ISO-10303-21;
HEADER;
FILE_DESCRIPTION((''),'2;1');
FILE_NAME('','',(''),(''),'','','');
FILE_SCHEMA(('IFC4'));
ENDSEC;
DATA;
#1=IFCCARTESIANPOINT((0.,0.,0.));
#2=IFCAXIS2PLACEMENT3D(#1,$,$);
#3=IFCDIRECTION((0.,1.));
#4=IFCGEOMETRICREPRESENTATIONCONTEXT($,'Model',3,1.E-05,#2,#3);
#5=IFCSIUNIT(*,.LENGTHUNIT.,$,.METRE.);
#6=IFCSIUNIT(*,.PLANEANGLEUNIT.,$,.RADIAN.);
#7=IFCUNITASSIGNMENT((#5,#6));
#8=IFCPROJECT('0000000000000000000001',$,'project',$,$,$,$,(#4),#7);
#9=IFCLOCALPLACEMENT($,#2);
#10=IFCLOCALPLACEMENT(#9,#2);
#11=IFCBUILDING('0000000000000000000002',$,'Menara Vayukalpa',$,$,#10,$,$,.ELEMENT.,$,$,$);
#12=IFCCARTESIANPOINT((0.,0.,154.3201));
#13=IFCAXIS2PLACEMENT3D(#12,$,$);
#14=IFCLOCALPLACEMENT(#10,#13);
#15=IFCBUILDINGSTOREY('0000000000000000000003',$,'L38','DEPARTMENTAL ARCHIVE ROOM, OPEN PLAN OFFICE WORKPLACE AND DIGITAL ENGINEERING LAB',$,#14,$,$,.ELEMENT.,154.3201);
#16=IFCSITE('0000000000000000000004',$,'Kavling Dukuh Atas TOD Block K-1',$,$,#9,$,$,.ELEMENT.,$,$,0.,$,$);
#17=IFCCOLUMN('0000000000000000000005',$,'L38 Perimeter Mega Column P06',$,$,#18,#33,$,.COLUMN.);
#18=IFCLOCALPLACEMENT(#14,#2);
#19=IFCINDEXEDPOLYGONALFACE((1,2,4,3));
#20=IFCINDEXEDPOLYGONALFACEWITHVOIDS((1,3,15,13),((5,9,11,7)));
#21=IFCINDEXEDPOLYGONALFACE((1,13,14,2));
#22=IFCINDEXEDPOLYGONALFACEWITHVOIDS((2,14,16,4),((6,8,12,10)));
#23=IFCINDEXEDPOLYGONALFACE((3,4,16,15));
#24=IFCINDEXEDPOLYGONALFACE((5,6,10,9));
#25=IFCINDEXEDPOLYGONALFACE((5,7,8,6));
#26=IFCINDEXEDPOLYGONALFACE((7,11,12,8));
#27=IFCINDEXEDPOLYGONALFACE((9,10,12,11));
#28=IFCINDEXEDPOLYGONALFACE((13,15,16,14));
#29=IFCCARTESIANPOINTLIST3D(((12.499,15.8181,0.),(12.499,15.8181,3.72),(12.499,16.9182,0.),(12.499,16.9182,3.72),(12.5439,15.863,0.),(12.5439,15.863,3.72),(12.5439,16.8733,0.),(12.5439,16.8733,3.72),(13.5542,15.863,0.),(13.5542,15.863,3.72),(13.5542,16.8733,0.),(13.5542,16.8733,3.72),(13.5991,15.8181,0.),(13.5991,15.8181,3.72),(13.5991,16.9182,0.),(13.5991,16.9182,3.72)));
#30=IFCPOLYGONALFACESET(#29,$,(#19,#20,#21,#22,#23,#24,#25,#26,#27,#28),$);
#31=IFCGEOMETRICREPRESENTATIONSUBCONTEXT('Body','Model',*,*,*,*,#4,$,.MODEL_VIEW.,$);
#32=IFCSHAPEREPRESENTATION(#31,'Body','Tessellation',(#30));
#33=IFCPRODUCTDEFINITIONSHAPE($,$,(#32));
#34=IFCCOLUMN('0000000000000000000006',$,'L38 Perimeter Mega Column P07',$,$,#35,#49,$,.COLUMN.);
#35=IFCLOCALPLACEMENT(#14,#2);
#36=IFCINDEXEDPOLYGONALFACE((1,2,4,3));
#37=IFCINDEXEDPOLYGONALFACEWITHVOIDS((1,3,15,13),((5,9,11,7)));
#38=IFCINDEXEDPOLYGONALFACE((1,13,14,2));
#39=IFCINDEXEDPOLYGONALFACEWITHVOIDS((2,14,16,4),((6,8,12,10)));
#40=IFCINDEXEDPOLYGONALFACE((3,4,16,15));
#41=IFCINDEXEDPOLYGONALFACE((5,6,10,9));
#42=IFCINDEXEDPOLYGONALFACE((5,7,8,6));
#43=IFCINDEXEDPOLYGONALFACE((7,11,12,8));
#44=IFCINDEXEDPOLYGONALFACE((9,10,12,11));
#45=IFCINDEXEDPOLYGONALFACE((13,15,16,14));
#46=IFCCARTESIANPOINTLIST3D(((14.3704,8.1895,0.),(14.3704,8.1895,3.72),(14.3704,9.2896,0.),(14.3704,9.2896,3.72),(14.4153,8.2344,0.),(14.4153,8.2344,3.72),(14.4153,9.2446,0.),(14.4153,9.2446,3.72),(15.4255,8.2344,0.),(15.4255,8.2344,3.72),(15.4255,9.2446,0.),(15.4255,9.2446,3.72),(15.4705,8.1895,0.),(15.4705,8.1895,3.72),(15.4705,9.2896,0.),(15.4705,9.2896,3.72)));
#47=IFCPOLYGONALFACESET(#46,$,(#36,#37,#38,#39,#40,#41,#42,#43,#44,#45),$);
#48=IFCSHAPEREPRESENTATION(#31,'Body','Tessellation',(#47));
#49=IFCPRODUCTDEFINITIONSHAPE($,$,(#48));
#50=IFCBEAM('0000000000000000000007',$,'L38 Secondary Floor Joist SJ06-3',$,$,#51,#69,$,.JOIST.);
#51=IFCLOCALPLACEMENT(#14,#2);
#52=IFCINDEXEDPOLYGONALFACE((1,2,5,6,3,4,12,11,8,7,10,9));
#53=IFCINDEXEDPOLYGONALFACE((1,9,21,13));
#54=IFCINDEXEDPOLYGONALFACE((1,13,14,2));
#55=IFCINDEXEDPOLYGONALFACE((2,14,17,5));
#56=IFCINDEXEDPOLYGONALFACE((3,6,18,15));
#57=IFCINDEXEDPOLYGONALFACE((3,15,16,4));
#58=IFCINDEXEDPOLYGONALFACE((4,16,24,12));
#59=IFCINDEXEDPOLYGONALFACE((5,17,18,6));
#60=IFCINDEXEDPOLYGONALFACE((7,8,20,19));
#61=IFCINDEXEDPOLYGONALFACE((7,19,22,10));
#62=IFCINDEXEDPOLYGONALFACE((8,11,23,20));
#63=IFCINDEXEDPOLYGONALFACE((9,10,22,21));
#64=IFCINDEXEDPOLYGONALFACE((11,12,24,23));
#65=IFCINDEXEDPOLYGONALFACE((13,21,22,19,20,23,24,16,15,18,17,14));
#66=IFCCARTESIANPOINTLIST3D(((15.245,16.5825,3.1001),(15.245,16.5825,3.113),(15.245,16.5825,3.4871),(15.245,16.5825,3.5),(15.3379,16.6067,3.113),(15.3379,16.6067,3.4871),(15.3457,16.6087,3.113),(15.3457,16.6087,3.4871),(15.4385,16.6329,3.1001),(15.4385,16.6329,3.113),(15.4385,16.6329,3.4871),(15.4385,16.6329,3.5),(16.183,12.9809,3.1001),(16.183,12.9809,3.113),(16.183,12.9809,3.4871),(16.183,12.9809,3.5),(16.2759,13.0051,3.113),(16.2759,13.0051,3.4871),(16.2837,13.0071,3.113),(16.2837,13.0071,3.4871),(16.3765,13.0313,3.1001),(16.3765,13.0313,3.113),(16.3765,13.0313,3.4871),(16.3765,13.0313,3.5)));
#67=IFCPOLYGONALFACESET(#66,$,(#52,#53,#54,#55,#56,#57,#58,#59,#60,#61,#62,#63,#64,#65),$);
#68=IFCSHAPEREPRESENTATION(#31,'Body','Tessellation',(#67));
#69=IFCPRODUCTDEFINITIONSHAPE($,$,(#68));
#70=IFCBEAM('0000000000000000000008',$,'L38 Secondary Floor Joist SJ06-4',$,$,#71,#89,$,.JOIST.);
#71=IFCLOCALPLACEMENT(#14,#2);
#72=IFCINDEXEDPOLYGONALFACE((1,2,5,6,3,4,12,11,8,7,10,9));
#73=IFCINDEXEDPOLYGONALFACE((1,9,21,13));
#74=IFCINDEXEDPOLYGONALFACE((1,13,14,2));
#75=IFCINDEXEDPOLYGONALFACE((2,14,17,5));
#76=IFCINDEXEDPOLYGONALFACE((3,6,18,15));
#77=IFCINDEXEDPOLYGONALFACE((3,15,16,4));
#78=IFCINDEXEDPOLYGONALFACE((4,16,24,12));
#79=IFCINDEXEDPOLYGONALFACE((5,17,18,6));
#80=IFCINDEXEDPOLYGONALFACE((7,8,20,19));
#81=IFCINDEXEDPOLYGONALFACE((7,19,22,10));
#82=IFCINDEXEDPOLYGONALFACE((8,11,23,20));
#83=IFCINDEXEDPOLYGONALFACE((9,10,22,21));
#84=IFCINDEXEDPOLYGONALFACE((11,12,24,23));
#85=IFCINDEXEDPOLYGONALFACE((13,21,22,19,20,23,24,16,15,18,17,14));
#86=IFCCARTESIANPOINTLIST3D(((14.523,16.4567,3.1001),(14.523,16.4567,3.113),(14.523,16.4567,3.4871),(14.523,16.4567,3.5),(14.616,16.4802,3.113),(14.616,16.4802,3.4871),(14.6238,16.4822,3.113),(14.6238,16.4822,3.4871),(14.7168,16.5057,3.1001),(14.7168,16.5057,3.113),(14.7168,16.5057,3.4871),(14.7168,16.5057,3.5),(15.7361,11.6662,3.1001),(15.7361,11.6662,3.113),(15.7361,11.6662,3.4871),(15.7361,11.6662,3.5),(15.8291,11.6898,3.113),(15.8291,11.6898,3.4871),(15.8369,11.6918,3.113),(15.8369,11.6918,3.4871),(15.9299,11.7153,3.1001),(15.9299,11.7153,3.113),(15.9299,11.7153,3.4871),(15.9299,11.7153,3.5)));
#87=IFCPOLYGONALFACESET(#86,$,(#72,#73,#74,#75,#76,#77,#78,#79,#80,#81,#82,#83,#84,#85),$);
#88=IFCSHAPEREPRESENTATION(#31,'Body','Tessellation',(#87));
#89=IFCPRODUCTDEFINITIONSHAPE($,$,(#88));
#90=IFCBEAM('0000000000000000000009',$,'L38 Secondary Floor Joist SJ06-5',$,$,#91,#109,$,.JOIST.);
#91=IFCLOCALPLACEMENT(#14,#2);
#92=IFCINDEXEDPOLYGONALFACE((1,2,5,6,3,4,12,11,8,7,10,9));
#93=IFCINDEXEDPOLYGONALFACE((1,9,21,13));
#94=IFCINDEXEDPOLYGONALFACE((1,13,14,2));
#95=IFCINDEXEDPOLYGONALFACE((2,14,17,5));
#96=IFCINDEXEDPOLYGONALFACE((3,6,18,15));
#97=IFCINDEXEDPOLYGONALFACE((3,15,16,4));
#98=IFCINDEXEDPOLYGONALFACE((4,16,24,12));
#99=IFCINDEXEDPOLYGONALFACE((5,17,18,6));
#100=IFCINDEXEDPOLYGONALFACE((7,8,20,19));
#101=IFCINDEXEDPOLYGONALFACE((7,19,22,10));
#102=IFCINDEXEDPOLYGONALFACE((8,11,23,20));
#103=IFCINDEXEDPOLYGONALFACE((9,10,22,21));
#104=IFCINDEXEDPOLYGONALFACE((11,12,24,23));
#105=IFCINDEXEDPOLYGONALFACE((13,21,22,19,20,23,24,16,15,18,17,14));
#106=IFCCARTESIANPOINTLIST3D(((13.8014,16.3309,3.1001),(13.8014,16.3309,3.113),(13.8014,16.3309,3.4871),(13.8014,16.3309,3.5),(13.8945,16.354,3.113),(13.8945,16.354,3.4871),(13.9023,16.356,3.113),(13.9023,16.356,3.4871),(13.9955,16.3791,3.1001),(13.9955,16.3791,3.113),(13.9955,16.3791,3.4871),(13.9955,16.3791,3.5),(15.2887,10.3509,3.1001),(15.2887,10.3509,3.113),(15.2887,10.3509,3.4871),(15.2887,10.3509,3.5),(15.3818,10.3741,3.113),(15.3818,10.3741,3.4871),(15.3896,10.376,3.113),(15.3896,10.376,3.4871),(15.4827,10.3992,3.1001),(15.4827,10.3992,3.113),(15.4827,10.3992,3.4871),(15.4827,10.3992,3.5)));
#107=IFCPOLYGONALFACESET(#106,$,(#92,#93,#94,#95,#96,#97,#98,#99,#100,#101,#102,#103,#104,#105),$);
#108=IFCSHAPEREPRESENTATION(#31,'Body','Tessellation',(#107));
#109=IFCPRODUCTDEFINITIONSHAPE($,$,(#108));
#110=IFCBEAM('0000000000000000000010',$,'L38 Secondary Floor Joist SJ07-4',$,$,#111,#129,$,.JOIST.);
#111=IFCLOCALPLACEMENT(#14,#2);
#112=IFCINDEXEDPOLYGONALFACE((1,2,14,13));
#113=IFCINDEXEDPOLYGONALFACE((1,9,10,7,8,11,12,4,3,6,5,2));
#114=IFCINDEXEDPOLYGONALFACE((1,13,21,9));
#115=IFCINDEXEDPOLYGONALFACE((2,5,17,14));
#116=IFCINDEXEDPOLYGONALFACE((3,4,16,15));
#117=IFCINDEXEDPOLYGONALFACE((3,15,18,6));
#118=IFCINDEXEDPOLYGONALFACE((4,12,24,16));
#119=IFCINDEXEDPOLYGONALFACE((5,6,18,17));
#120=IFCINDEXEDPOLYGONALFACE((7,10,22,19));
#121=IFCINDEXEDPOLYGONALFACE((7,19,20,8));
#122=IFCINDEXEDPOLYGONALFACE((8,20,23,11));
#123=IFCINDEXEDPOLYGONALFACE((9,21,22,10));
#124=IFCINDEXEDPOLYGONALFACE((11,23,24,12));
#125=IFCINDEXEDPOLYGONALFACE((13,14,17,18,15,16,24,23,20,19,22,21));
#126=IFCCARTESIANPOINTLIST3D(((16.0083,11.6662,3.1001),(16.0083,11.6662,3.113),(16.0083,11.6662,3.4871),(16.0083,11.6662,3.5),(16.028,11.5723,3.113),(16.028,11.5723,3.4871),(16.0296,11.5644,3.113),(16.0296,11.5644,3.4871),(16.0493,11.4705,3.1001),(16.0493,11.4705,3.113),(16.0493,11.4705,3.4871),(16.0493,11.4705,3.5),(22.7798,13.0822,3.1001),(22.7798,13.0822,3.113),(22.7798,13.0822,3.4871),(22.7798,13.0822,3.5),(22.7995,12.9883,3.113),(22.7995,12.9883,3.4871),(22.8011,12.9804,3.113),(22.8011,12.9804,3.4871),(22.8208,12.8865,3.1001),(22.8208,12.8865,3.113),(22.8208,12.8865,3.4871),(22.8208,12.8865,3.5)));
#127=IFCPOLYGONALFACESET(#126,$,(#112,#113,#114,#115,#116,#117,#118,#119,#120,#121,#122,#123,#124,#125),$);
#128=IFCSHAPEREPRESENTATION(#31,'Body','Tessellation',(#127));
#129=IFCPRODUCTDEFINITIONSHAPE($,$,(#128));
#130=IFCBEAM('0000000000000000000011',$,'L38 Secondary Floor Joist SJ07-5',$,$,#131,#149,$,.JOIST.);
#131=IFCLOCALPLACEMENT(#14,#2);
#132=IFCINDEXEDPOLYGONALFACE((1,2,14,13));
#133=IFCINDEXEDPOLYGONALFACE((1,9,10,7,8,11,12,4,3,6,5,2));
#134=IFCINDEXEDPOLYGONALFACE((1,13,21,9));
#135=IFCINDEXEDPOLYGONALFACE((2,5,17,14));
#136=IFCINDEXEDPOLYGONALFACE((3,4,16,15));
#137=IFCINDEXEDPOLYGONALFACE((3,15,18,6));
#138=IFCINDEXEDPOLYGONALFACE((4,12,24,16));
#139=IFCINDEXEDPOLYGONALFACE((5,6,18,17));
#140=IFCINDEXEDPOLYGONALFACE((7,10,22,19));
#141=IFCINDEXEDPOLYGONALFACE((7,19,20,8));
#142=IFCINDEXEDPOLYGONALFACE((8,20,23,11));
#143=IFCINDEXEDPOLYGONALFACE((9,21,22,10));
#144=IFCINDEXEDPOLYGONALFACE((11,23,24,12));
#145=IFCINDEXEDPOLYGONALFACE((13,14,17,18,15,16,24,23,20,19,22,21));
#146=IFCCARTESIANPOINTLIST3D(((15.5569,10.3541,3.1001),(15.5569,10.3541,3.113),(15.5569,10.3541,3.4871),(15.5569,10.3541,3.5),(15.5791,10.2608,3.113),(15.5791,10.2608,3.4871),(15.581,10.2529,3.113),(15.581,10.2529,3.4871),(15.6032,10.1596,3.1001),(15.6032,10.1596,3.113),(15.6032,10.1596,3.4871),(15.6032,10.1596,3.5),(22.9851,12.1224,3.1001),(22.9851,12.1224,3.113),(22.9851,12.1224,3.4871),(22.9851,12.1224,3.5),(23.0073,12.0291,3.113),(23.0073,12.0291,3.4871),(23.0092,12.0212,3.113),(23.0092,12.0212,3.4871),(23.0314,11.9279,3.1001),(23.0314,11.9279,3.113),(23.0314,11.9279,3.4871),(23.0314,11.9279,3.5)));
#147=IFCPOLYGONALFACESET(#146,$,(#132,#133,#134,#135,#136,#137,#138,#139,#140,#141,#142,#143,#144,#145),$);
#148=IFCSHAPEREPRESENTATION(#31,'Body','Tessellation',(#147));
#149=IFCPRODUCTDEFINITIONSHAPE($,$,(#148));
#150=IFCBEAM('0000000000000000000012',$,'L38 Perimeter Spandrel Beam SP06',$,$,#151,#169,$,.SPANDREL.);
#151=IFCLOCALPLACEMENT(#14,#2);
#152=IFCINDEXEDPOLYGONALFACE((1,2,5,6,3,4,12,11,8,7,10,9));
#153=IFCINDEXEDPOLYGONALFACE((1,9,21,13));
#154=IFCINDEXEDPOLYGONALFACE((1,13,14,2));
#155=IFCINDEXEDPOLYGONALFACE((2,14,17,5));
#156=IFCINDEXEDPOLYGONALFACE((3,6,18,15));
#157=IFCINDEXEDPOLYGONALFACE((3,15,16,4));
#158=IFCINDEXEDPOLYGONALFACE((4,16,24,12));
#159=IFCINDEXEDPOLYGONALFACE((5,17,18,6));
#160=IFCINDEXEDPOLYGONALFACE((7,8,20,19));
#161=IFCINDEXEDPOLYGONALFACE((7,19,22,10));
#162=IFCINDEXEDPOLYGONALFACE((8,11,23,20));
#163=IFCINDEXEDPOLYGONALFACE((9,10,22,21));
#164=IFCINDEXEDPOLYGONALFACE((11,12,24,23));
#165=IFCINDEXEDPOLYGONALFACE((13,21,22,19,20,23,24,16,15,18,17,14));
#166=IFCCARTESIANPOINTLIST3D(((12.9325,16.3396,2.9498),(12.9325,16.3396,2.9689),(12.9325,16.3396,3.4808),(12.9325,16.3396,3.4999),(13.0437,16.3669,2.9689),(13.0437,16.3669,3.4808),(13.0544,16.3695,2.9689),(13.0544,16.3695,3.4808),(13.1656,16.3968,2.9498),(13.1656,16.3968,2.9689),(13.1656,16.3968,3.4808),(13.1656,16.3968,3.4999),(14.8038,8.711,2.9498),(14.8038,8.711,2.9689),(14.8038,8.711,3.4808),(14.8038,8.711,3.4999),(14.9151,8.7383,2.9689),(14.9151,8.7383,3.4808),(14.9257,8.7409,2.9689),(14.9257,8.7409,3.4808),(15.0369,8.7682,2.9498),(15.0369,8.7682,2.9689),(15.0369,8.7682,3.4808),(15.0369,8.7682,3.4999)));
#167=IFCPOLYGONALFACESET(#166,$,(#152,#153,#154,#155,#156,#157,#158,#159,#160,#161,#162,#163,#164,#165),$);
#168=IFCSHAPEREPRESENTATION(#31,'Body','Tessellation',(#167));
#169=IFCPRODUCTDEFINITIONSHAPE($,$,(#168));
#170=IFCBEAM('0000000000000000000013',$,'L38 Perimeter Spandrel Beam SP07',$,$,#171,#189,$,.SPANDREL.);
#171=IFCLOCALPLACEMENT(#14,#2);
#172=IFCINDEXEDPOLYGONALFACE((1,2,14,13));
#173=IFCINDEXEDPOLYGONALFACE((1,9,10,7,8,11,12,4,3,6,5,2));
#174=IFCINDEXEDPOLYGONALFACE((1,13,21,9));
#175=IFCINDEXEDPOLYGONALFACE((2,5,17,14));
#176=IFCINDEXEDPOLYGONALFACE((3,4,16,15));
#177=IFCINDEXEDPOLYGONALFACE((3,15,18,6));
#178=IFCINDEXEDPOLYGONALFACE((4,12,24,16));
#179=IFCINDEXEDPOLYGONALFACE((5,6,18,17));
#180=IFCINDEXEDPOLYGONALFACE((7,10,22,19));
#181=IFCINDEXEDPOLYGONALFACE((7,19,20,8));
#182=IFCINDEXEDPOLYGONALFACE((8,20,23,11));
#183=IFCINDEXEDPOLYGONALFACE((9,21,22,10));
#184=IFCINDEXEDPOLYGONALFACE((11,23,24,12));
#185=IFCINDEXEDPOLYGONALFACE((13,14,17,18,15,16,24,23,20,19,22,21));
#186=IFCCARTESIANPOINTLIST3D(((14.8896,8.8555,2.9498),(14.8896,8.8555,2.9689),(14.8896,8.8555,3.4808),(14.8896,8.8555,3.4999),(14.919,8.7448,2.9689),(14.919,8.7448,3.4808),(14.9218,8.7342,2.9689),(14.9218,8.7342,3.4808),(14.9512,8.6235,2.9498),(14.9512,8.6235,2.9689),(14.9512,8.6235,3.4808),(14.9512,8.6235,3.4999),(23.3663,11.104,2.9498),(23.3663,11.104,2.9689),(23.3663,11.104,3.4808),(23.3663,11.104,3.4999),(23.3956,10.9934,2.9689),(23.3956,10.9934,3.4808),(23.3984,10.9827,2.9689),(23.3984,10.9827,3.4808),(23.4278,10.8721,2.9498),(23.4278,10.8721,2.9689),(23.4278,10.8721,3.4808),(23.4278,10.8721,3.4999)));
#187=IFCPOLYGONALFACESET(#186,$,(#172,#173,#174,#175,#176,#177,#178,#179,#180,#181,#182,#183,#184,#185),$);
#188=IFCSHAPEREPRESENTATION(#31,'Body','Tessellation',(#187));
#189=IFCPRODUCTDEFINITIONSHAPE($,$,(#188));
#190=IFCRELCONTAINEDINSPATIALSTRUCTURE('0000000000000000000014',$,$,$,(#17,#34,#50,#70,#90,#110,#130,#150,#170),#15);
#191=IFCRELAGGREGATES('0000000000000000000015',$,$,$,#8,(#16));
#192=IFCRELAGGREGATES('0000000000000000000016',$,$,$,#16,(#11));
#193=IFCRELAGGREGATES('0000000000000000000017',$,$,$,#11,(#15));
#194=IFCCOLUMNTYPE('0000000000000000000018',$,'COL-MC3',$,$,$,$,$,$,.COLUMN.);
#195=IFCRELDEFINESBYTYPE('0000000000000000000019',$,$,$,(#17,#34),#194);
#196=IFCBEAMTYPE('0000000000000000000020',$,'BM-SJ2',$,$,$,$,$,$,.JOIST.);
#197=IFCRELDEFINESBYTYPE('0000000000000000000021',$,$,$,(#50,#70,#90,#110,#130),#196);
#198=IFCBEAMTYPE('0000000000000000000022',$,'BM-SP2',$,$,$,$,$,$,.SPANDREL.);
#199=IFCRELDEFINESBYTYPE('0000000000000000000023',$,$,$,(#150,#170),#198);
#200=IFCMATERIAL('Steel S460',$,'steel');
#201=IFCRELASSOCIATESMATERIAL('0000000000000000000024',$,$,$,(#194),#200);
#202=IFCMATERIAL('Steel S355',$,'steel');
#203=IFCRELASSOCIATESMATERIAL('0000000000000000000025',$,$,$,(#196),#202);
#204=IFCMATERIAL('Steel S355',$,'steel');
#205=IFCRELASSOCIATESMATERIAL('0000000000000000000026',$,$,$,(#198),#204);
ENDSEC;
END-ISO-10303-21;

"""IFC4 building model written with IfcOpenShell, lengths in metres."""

from ifc_helpers import new_model, si_unit, direction, frame, origin, origin_2d, place, context, subcontext, project, spatial, hollow_rectangle, i_section, extrude, material, material_profile, profile_set, type_object, element, save


model = new_model("IFC4")

# Units and contexts
model_context = context("Model", 3, precision=1e-05, world=origin(), true_north=direction((0.0, 1.0)))
body_context = subcontext(model_context, "Body", "Model", "MODEL_VIEW")
ifc_project = project(units=[si_unit("LENGTHUNIT", "METRE"), si_unit("PLANEANGLEUNIT", "RADIAN")], contexts=[model_context])

# Site, building, storey
site_placement = place(None, origin())
site = spatial("IfcSite", under=ifc_project, at=site_placement, Name="Kavling Dukuh Atas TOD Block K-1", CompositionType="ELEMENT", RefElevation=0.0)
building_placement = place(site_placement, origin())
building = spatial("IfcBuilding", under=site, at=building_placement, Name="Menara Vayukalpa", CompositionType="ELEMENT")
storey_placement = place(building_placement, frame((0.0, 0.0, 154.3201)))
storey = spatial("IfcBuildingStorey", under=building, at=storey_placement, Name="L38", Description="DEPARTMENTAL ARCHIVE ROOM, OPEN PLAN OFFICE WORKPLACE AND DIGITAL ENGINEERING LAB", CompositionType="ELEMENT", Elevation=154.3201)

# Columns
ifc_material_1 = material(Name="Steel S460", Category="steel")
ifc_material_profile_1 = material_profile(ifc_material_1, hollow_rectangle(XDim=1.1001, YDim=1.1001, WallThickness=0.0449, at=origin_2d()), Name="BOX 1100x1100x45")
ifc_profile_set_1 = profile_set([ifc_material_profile_1], Name="Steel S460")
column_type = type_object("IfcColumnType", Name="COL-MC3", PredefinedType="COLUMN", material=ifc_profile_set_1)
for number, where, z_axis, x_axis, name in (
    (1, (13.0491, 16.3682, 0.0), (0.0, 0.0, 1.0), (1.0, 0.0, 0.0), "L38 Perimeter Mega Column P06"),
    (2, (14.9204, 8.7395, 0.0), (0.0, 0.0, 1.0), (1.0, 0.0, 0.0), "L38 Perimeter Mega Column P07"),
):
    element("IfcColumn", number, at=place(storey_placement, frame(where, z_axis=z_axis, x_axis=x_axis)), inside=storey, type_object=column_type, Name=name, PredefinedType="COLUMN", context=body_context, shape_type="SweptSolid", body=[
        extrude(hollow_rectangle(XDim=1.1001, YDim=1.1001, WallThickness=0.0449, at=origin_2d()), origin(), (0.0, 0.0, 1.0), 3.72),
    ])

# Beams
ifc_material_2 = material(Name="Steel S355", Category="steel")
ifc_material_profile_2 = material_profile(ifc_material_2, i_section(OverallWidth=0.2, OverallDepth=0.3999, WebThickness=0.0081, FlangeThickness=0.0129, at=origin_2d()), Name="WF 400x200x8x13")
ifc_profile_set_2 = profile_set([ifc_material_profile_2], Name="Steel S355")
beam_type_1 = type_object("IfcBeamType", Name="BM-SJ2", PredefinedType="JOIST", material=ifc_profile_set_2)
beam_1_placement = place(storey_placement, frame((15.3418, 16.6077, 3.3), z_axis=(0.252032, -0.967719, 0.0), x_axis=(0.967719, 0.252032, 0.0)))
element("IfcBeam", 3, at=beam_1_placement, inside=storey, type_object=beam_type_1, Name="L38 Secondary Floor Joist SJ06-3", PredefinedType="JOIST", context=body_context, shape_type="SweptSolid", body=[
    extrude(i_section(OverallWidth=0.2, OverallDepth=0.3999, WebThickness=0.0081, FlangeThickness=0.0129, at=origin_2d()), origin(), (0.0, 0.0, 1.0), 3.7217),
])
beam_2_placement = place(storey_placement, frame((14.6199, 16.4812, 3.3), z_axis=(0.245487, -0.9694, 0.0), x_axis=(0.9694, 0.245487, 0.0)))
element("IfcBeam", 4, at=beam_2_placement, inside=storey, type_object=beam_type_1, Name="L38 Secondary Floor Joist SJ06-4", PredefinedType="JOIST", context=body_context, shape_type="SweptSolid", body=[
    extrude(i_section(OverallWidth=0.2, OverallDepth=0.3999, WebThickness=0.0081, FlangeThickness=0.0129, at=origin_2d()), origin(), (0.0, 0.0, 1.0), 4.9417),
])
beam_3_placement = place(storey_placement, frame((13.8984, 16.355, 3.3), z_axis=(0.241361, -0.970435, 0.0), x_axis=(0.970435, 0.241361, 0.0)))
element("IfcBeam", 5, at=beam_3_placement, inside=storey, type_object=beam_type_1, Name="L38 Secondary Floor Joist SJ06-5", PredefinedType="JOIST", context=body_context, shape_type="SweptSolid", body=[
    extrude(i_section(OverallWidth=0.2, OverallDepth=0.3999, WebThickness=0.0081, FlangeThickness=0.0129, at=origin_2d()), origin(), (0.0, 0.0, 1.0), 6.1621),
])
beam_4_placement = place(storey_placement, frame((16.0288, 11.5684, 3.3), z_axis=(0.978827, 0.204687, 0.0), x_axis=(-0.204687, 0.978827, 0.0)))
element("IfcBeam", 6, at=beam_4_placement, inside=storey, type_object=beam_type_1, Name="L38 Secondary Floor Joist SJ07-4", PredefinedType="JOIST", context=body_context, shape_type="SweptSolid", body=[
    extrude(i_section(OverallWidth=0.2, OverallDepth=0.3999, WebThickness=0.0081, FlangeThickness=0.0129, at=origin_2d()), origin(), (0.0, 0.0, 1.0), 6.918),
])
beam_5_placement = place(storey_placement, frame((15.5801, 10.2568, 3.3), z_axis=(0.972815, 0.231582, 0.0), x_axis=(-0.231582, 0.972815, 0.0)))
element("IfcBeam", 7, at=beam_5_placement, inside=storey, type_object=beam_type_1, Name="L38 Secondary Floor Joist SJ07-5", PredefinedType="JOIST", context=body_context, shape_type="SweptSolid", body=[
    extrude(i_section(OverallWidth=0.2, OverallDepth=0.3999, WebThickness=0.0081, FlangeThickness=0.0129, at=origin_2d()), origin(), (0.0, 0.0, 1.0), 7.6357),
])
ifc_material_3 = material(Name="Steel S355", Category="steel")
ifc_material_profile_3 = material_profile(ifc_material_3, i_section(OverallWidth=0.24, OverallDepth=0.55, WebThickness=0.011, FlangeThickness=0.019, at=origin_2d()), Name="WF 550x240x11x19")
ifc_profile_set_3 = profile_set([ifc_material_profile_3], Name="Steel S355")
beam_type_2 = type_object("IfcBeamType", Name="BM-SP2", PredefinedType="SPANDREL", material=ifc_profile_set_3)
beam_6_placement = place(storey_placement, frame((13.0491, 16.3682, 3.2249), z_axis=(0.23824, -0.971206, 0.0), x_axis=(0.971206, 0.23824, 0.0)))
element("IfcBeam", 8, at=beam_6_placement, inside=storey, type_object=beam_type_2, Name="L38 Perimeter Spandrel Beam SP06", PredefinedType="SPANDREL", context=body_context, shape_type="SweptSolid", body=[
    extrude(i_section(OverallWidth=0.24, OverallDepth=0.55, WebThickness=0.011, FlangeThickness=0.019, at=origin_2d()), origin(), (0.0, 0.0, 1.0), 7.8547),
])
beam_7_placement = place(storey_placement, frame((14.9204, 8.7395, 3.2249), z_axis=(0.966571, 0.256398, 0.0), x_axis=(-0.256398, 0.966571, 0.0)))
element("IfcBeam", 9, at=beam_7_placement, inside=storey, type_object=beam_type_2, Name="L38 Perimeter Spandrel Beam SP07", PredefinedType="SPANDREL", context=body_context, shape_type="SweptSolid", body=[
    extrude(i_section(OverallWidth=0.24, OverallDepth=0.55, WebThickness=0.011, FlangeThickness=0.019, at=origin_2d()), origin(), (0.0, 0.0, 1.0), 8.7698),
])

save(model, "model.ifc")
